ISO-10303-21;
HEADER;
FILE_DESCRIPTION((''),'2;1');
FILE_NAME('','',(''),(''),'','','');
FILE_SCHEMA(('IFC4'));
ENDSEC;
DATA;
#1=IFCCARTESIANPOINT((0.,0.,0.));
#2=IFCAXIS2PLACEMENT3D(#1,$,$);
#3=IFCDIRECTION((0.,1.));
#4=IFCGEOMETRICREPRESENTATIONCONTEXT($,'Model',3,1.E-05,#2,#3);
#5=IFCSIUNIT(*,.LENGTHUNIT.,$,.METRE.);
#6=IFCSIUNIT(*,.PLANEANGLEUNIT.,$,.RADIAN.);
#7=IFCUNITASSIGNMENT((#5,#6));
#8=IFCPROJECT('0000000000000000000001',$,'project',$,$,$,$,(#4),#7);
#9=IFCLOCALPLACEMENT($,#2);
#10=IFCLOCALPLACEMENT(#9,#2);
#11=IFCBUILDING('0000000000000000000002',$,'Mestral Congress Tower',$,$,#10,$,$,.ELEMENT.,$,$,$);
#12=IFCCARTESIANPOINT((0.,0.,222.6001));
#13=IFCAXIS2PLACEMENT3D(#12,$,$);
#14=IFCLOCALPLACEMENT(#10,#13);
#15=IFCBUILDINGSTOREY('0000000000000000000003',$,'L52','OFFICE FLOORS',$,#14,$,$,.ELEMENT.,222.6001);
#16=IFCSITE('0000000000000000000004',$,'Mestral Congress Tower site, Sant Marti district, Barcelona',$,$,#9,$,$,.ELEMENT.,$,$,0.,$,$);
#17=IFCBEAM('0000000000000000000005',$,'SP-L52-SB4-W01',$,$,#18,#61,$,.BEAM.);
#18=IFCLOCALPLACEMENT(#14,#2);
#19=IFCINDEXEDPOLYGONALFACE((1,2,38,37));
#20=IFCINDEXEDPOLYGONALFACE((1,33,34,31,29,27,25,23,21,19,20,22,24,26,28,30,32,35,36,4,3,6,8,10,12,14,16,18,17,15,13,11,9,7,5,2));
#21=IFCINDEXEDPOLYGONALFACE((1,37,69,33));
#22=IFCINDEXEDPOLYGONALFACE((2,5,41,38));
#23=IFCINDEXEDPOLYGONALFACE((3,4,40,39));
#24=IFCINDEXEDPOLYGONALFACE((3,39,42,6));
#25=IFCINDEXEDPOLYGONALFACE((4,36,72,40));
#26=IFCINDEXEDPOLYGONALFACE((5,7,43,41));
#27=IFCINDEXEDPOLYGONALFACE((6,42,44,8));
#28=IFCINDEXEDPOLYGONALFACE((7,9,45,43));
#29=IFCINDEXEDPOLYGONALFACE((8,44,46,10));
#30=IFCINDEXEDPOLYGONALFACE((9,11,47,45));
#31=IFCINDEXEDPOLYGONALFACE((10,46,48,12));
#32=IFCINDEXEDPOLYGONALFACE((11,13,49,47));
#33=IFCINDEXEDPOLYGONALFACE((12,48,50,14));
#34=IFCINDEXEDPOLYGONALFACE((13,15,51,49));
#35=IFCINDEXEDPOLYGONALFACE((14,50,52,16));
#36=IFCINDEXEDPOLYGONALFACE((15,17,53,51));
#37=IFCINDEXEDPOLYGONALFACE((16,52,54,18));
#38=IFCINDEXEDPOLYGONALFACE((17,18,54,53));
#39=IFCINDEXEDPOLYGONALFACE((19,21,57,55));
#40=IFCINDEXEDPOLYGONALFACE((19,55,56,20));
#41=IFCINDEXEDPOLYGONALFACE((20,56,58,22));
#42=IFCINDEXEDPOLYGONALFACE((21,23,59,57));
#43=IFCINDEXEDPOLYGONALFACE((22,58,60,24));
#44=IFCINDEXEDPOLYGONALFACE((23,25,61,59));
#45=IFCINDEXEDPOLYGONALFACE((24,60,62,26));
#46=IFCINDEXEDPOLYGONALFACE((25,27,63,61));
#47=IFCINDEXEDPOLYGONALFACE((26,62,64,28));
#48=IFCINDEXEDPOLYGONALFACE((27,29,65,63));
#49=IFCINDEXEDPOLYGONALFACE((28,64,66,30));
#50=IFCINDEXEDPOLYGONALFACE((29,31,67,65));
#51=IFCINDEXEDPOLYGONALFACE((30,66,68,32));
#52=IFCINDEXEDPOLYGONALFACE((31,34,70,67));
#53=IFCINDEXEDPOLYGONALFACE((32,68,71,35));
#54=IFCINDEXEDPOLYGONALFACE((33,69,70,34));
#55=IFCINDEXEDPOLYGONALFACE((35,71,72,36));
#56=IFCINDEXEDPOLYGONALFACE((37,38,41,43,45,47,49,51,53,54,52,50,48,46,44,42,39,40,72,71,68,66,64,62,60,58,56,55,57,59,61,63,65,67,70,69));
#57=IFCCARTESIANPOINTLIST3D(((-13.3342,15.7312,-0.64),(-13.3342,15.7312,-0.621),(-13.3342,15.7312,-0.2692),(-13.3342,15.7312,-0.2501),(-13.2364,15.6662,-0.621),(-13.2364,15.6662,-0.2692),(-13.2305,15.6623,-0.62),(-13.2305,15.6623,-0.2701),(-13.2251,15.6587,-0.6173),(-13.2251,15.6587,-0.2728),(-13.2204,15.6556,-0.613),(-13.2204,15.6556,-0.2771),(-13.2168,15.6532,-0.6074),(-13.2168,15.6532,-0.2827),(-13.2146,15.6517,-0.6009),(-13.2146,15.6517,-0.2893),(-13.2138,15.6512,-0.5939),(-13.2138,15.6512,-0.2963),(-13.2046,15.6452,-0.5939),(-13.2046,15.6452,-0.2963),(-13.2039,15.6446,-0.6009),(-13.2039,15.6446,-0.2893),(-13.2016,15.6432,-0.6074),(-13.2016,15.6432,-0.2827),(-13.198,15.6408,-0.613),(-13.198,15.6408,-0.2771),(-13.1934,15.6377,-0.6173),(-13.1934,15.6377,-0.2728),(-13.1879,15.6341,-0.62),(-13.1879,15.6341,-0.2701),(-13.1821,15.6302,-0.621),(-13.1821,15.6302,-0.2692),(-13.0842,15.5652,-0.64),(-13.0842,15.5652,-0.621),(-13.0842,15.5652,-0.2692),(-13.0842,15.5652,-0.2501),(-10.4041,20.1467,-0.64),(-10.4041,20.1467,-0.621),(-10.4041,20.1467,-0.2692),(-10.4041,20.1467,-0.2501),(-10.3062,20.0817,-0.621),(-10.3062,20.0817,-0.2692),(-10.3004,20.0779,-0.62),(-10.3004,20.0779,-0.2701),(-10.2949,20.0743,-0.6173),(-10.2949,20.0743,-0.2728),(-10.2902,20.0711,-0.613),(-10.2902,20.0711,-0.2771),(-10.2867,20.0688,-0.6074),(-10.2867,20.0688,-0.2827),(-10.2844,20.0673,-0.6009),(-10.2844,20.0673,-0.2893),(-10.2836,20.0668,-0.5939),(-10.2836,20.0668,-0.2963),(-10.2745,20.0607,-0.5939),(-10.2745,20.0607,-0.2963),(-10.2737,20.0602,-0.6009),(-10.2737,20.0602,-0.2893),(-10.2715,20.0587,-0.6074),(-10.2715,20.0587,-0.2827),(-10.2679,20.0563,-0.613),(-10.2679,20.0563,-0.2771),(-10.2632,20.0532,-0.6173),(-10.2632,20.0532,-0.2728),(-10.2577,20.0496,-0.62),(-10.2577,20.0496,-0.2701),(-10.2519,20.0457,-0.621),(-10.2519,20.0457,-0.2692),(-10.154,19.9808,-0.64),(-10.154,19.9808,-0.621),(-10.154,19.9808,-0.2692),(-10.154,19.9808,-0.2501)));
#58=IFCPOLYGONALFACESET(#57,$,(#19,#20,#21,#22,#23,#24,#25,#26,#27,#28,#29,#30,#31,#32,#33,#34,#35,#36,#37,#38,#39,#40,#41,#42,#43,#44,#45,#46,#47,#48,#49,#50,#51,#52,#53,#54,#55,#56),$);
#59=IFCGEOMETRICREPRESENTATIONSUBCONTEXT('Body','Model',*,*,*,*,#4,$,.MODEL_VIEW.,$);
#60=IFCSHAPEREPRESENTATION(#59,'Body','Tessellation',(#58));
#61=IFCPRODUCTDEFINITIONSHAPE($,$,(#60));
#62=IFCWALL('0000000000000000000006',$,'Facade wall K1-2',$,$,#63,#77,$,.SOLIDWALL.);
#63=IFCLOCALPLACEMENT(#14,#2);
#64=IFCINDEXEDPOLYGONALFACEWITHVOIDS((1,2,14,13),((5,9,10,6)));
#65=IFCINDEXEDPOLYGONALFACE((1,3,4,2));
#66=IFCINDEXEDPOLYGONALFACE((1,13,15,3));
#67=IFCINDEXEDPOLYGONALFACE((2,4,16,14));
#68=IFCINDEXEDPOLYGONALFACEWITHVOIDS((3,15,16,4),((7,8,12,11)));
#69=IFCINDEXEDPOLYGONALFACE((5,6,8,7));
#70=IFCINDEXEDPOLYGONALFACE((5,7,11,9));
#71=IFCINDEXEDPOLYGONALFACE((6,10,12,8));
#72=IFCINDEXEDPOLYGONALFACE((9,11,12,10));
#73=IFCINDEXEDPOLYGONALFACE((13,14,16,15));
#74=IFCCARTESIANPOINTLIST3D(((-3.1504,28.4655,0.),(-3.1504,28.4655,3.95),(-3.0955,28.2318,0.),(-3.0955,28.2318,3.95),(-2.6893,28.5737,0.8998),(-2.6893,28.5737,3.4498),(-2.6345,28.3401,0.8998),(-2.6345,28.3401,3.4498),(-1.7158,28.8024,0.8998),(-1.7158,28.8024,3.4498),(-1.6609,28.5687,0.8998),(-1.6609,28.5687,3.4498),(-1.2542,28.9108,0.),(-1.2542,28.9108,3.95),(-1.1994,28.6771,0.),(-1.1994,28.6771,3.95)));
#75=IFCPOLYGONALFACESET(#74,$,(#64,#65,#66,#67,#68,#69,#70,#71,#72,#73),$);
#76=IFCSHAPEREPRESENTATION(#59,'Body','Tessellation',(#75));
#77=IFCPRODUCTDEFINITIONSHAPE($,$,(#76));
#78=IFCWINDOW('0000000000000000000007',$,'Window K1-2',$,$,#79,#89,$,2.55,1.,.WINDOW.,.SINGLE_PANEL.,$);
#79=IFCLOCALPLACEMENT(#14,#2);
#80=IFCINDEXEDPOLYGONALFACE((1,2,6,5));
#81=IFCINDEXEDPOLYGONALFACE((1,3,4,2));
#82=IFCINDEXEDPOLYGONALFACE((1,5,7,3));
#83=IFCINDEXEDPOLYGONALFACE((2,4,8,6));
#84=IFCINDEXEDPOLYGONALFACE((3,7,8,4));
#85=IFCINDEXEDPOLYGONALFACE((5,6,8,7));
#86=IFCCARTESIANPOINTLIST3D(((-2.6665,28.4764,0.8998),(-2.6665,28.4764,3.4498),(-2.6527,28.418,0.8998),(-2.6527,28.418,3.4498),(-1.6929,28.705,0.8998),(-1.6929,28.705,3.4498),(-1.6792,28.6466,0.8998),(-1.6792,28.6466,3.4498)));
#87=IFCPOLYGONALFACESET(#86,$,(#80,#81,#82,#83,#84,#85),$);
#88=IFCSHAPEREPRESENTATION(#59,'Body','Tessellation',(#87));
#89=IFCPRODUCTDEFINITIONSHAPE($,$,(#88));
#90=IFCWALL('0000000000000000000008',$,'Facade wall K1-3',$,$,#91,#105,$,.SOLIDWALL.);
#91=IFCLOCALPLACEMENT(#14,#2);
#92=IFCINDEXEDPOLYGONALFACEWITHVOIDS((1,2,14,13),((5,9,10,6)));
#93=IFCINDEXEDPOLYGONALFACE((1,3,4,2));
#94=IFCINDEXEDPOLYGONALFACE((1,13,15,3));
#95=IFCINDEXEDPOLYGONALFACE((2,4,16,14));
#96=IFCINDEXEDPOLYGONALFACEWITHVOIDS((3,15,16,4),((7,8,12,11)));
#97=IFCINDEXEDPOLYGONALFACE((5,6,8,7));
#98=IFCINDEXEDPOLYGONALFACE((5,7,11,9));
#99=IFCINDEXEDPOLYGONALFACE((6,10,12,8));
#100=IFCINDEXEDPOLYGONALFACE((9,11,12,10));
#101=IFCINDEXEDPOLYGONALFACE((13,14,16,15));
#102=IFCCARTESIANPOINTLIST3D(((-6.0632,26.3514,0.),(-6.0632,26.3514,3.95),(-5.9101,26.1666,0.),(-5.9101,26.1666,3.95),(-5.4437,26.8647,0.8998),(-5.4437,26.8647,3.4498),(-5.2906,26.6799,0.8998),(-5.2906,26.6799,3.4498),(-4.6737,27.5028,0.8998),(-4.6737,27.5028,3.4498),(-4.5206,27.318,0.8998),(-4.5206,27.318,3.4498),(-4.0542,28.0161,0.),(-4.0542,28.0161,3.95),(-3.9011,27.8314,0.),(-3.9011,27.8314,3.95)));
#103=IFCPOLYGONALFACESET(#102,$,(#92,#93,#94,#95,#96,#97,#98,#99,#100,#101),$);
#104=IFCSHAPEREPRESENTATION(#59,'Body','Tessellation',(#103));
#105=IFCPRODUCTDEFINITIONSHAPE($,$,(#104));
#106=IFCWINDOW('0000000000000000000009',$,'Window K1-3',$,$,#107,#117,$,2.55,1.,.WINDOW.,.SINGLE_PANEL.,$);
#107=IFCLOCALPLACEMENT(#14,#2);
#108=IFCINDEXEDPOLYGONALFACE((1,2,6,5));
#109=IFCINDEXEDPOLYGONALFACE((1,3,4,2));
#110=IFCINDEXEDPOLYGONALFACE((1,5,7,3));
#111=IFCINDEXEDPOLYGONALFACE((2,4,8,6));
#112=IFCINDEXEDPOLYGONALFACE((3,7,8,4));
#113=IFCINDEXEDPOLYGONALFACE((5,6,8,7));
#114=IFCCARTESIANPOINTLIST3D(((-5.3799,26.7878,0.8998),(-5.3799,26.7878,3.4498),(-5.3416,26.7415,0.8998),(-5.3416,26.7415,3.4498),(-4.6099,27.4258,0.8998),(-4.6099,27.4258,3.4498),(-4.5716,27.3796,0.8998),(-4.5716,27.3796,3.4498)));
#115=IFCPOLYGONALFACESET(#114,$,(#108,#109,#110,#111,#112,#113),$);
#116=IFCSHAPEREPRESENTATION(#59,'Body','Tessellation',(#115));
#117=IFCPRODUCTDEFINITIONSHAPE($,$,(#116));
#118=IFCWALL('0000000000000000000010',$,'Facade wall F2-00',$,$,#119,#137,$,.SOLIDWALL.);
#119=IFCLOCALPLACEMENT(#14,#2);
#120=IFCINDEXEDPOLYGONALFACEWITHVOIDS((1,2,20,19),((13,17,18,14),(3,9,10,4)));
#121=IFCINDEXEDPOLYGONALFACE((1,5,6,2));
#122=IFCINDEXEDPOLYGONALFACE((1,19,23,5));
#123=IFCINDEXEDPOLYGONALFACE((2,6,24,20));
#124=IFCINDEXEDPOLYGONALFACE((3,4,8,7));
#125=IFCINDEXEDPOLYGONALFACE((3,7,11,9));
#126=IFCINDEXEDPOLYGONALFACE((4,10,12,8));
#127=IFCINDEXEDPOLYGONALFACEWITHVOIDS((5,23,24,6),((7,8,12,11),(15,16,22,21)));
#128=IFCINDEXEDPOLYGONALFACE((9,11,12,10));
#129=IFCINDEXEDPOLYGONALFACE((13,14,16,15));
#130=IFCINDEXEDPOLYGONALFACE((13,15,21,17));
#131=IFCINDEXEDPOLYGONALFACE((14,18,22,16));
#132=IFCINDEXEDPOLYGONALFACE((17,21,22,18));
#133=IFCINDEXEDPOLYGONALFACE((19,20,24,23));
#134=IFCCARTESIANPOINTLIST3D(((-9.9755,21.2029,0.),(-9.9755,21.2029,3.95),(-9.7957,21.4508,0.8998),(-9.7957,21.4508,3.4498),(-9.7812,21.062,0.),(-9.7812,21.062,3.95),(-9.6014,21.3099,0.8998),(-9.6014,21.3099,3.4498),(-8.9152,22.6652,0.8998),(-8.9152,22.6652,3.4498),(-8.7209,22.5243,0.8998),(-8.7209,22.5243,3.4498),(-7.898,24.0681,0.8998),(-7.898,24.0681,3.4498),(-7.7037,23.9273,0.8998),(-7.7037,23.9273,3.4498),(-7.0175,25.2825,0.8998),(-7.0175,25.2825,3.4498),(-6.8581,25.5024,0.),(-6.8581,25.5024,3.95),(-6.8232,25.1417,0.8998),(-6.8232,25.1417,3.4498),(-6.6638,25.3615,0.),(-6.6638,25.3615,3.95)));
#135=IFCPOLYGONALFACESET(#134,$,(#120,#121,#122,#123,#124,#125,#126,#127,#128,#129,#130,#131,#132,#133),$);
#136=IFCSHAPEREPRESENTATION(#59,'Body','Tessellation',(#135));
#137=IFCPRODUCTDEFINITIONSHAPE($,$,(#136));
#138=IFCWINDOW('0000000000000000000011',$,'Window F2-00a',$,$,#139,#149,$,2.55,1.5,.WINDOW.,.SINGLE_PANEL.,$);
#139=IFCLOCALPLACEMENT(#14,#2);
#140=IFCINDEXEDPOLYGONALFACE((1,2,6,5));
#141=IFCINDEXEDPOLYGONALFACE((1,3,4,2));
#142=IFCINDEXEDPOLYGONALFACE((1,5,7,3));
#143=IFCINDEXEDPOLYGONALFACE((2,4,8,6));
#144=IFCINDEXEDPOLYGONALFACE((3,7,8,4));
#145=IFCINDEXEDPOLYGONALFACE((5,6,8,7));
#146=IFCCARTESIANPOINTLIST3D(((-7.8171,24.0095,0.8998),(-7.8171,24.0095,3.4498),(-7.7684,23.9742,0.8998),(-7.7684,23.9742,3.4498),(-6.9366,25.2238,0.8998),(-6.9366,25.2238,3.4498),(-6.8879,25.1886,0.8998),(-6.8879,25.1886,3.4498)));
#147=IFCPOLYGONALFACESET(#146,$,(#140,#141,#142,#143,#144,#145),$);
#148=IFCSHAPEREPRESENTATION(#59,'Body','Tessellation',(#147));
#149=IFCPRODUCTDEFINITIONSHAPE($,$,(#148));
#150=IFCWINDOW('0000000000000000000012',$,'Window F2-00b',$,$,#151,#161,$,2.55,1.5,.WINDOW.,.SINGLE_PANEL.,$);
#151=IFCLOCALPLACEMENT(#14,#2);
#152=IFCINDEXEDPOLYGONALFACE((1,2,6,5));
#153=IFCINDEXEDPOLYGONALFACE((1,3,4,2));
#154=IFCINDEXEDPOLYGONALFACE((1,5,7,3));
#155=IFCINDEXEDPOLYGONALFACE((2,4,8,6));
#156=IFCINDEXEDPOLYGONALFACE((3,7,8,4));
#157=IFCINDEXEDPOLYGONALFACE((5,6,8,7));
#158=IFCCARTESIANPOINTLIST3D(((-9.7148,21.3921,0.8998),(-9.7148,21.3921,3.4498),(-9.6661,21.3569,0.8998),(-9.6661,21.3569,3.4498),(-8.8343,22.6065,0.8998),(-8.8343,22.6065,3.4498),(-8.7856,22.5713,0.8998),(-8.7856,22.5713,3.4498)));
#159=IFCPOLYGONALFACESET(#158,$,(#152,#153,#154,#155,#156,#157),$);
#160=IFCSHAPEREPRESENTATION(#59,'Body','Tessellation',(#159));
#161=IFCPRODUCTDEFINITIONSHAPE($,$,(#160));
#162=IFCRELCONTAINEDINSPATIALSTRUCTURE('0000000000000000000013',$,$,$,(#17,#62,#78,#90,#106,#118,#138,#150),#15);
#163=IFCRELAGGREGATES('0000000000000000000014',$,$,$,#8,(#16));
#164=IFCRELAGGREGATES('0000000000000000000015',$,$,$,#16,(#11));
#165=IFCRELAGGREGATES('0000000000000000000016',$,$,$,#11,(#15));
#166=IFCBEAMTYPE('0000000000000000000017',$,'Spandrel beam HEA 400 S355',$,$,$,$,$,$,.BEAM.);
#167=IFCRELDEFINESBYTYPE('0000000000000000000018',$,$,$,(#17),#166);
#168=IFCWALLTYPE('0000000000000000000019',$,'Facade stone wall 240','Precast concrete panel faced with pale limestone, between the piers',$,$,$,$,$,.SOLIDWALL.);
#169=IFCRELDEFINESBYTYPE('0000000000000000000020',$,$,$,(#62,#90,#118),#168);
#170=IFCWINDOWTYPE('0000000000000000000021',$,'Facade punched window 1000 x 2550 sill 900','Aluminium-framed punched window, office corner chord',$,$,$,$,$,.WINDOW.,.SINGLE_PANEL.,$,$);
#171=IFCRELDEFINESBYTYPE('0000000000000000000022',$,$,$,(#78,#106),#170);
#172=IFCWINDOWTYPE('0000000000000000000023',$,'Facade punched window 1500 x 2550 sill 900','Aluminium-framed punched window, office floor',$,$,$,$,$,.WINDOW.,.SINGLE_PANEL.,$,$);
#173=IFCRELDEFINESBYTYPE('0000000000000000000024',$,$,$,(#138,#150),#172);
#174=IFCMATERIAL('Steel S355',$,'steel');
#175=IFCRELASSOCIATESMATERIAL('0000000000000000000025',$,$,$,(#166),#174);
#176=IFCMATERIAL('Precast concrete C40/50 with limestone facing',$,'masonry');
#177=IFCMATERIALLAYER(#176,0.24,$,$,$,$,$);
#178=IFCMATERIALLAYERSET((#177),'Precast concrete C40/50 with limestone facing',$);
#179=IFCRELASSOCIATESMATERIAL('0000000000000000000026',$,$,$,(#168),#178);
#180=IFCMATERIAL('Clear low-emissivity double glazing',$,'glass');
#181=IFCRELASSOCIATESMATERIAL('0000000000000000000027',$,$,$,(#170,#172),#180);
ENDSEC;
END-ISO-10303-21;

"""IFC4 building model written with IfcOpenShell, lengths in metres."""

from ifc_helpers import new_model, si_unit, direction, frame, frame_2d, origin, origin_2d, place, context, subcontext, project, spatial, rectangle, i_section, extrude, material, layer, layer_set, material_profile, profile_set, type_object, element, fill, save


model = new_model("IFC4")

# Units and contexts
model_context = context("Model", 3, precision=1e-05, world=origin(), true_north=direction((0.0, 1.0)))
body_context = subcontext(model_context, "Body", "Model", "MODEL_VIEW")
ifc_project = project(units=[si_unit("LENGTHUNIT", "METRE"), si_unit("PLANEANGLEUNIT", "RADIAN")], contexts=[model_context])

# Site, building, storey
site_placement = place(None, origin())
site = spatial("IfcSite", under=ifc_project, at=site_placement, Name="Mestral Congress Tower site, Sant Marti district, Barcelona", CompositionType="ELEMENT", RefElevation=0.0)
building_placement = place(site_placement, origin())
building = spatial("IfcBuilding", under=site, at=building_placement, Name="Mestral Congress Tower", CompositionType="ELEMENT")
storey_placement = place(building_placement, frame((0.0, 0.0, 222.6001)))
storey = spatial("IfcBuildingStorey", under=building, at=storey_placement, Name="L52", Description="OFFICE FLOORS", CompositionType="ELEMENT", Elevation=222.6001)

# Beam
ifc_material_1 = material(Name="Steel S355", Category="steel")
ifc_material_profile_1 = material_profile(ifc_material_1, i_section(OverallWidth=0.3, OverallDepth=0.3899, WebThickness=0.011, FlangeThickness=0.019, FilletRadius=0.0271, at=origin_2d()), Name="HEA 400")
ifc_profile_set_1 = profile_set([ifc_material_profile_1], Name="Steel S355")
beam_type_1 = type_object("IfcBeamType", Name="Spandrel beam HEA 400 S355", PredefinedType="BEAM", material=ifc_profile_set_1)
beam_1_placement = place(storey_placement, frame((-10.2791, 20.0637, -0.4451), z_axis=(-0.552934, -0.833225, 0.0), x_axis=(0.833225, -0.552934, 0.0)))
element("IfcBeam", 1, at=beam_1_placement, inside=storey, type_object=beam_type_1, Name="SP-L52-SB4-W01", PredefinedType="BEAM", context=body_context, shape_type="SweptSolid", body=[
    extrude(i_section(OverallWidth=0.3, OverallDepth=0.3899, WebThickness=0.011, FlangeThickness=0.019, FilletRadius=0.0271, at=origin_2d()), origin(), (0.0, 0.0, 1.0), 5.2993),
])

# Walls, openings, windows
ifc_material_2 = material(Name="Precast concrete C40/50 with limestone facing", Category="masonry")
ifc_layer_1 = layer(ifc_material_2, 0.24)
ifc_layer_set_1 = layer_set([ifc_layer_1], Name="Precast concrete C40/50 with limestone facing")
wall_type_1 = type_object("IfcWallType", Name="Facade stone wall 240", Description="Precast concrete panel faced with pale limestone, between the piers", PredefinedType="SOLIDWALL", material=ifc_layer_set_1)
wall_1_placement = place(storey_placement, frame((-1.2268, 28.7939, 0.0), z_axis=(0.0, 0.0, 1.0), x_axis=(-0.973516, -0.22862, 0.0)))
wall_1 = element("IfcWall", 2, at=wall_1_placement, inside=storey, type_object=wall_type_1, Name="Facade wall K1-2", PredefinedType="SOLIDWALL", context=body_context, shape_type="SweptSolid", body=[
    extrude(rectangle(XDim=1.9478, YDim=0.24, at=frame_2d((0.9739, 0.0))), origin(), (0.0, 0.0, 1.0), 3.95),
])
opening_1_placement = place(wall_1_placement, frame((0.4741, 0.0, 0.8999)))
opening_1 = element("IfcOpeningElement", 3, at=opening_1_placement, cuts=wall_1, PredefinedType="OPENING", context=body_context, shape_type="SweptSolid", body=[
    extrude(rectangle(XDim=1.0, YDim=2.55, at=frame_2d((0.5, 1.2749))), frame((0.0, 0.1299, 0.0), z_axis=(0.0, -1.0, 0.0), x_axis=(1.0, 0.0, 0.0)), (0.0, 0.0, 1.0), 0.26),
])
ifc_material_3 = material(Name="Clear low-emissivity double glazing", Category="glass")
window_type_1 = type_object("IfcWindowType", Name="Facade punched window 1000 x 2550 sill 900", Description="Aluminium-framed punched window, office corner chord", PartitioningType="SINGLE_PANEL", PredefinedType="WINDOW", material=ifc_material_3)
window_1_placement = place(opening_1_placement, origin())
window_1 = element("IfcWindow", 4, at=window_1_placement, inside=storey, type_object=window_type_1, Name="Window K1-2", OverallHeight=2.55, OverallWidth=1.0, PartitioningType="SINGLE_PANEL", PredefinedType="WINDOW", context=body_context, shape_type="SweptSolid", body=[
    extrude(rectangle(XDim=1.0, YDim=2.55, at=frame_2d((0.5, 1.2749))), frame((0.0, 0.04, 0.0), z_axis=(0.0, -1.0, 0.0), x_axis=(1.0, 0.0, 0.0)), (0.0, 0.0, 1.0), 0.0601),
])
fill(opening_1, window_1)
wall_2_placement = place(storey_placement, frame((-3.9775, 27.9238, 0.0), z_axis=(0.0, 0.0, 1.0), x_axis=(-0.76999, -0.638056, 0.0)))
wall_2 = element("IfcWall", 5, at=wall_2_placement, inside=storey, type_object=wall_type_1, Name="Facade wall K1-3", PredefinedType="SOLIDWALL", context=body_context, shape_type="SweptSolid", body=[
    extrude(rectangle(XDim=2.6091, YDim=0.24, at=frame_2d((1.3047, 0.0))), origin(), (0.0, 0.0, 1.0), 3.95),
])
opening_2_placement = place(wall_2_placement, frame((0.8047, 0.0, 0.8999)))
opening_2 = element("IfcOpeningElement", 6, at=opening_2_placement, cuts=wall_2, PredefinedType="OPENING", context=body_context, shape_type="SweptSolid", body=[
    extrude(rectangle(XDim=1.0, YDim=2.55, at=frame_2d((0.5, 1.2749))), frame((0.0, 0.1299, 0.0), z_axis=(0.0, -1.0, 0.0), x_axis=(1.0, 0.0, 0.0)), (0.0, 0.0, 1.0), 0.26),
])
window_2_placement = place(opening_2_placement, origin())
window_2 = element("IfcWindow", 7, at=window_2_placement, inside=storey, type_object=window_type_1, Name="Window K1-3", OverallHeight=2.55, OverallWidth=1.0, PartitioningType="SINGLE_PANEL", PredefinedType="WINDOW", context=body_context, shape_type="SweptSolid", body=[
    extrude(rectangle(XDim=1.0, YDim=2.55, at=frame_2d((0.5, 1.2749))), frame((0.0, 0.04, 0.0), z_axis=(0.0, -1.0, 0.0), x_axis=(1.0, 0.0, 0.0)), (0.0, 0.0, 1.0), 0.0601),
])
fill(opening_2, window_2)

# Wall, openings, windows
wall_3_placement = place(storey_placement, frame((-6.761, 25.4319, 0.0), z_axis=(0.0, 0.0, 1.0), x_axis=(-0.586998, -0.809588, 0.0)))
wall_3 = element("IfcWall", 8, at=wall_3_placement, inside=storey, type_object=wall_type_1, Name="Facade wall F2-00", PredefinedType="SOLIDWALL", context=body_context, shape_type="SweptSolid", body=[
    extrude(rectangle(XDim=5.3108, YDim=0.24, at=frame_2d((2.6553, 0.0))), origin(), (0.0, 0.0, 1.0), 3.95),
])
opening_3_placement = place(wall_3_placement, frame((0.2715, 0.0, 0.8999)))
opening_3 = element("IfcOpeningElement", 9, at=opening_3_placement, cuts=wall_3, PredefinedType="OPENING", context=body_context, shape_type="SweptSolid", body=[
    extrude(rectangle(XDim=1.5, YDim=2.55, at=frame_2d((0.75, 1.2749))), frame((0.0, 0.1299, 0.0), z_axis=(0.0, -1.0, 0.0), x_axis=(1.0, 0.0, 0.0)), (0.0, 0.0, 1.0), 0.26),
])
opening_4_placement = place(wall_3_placement, frame((3.5044, 0.0, 0.8999)))
opening_4 = element("IfcOpeningElement", 10, at=opening_4_placement, cuts=wall_3, PredefinedType="OPENING", context=body_context, shape_type="SweptSolid", body=[
    extrude(rectangle(XDim=1.5, YDim=2.55, at=frame_2d((0.75, 1.2749))), frame((0.0, 0.1299, 0.0), z_axis=(0.0, -1.0, 0.0), x_axis=(1.0, 0.0, 0.0)), (0.0, 0.0, 1.0), 0.26),
])
window_type_2 = type_object("IfcWindowType", Name="Facade punched window 1500 x 2550 sill 900", Description="Aluminium-framed punched window, office floor", PartitioningType="SINGLE_PANEL", PredefinedType="WINDOW", material=ifc_material_3)
window_3_placement = place(opening_3_placement, origin())
window_3 = element("IfcWindow", 11, at=window_3_placement, inside=storey, type_object=window_type_2, Name="Window F2-00a", OverallHeight=2.55, OverallWidth=1.5, PartitioningType="SINGLE_PANEL", PredefinedType="WINDOW", context=body_context, shape_type="SweptSolid", body=[
    extrude(rectangle(XDim=1.5, YDim=2.55, at=frame_2d((0.75, 1.2749))), frame((0.0, 0.04, 0.0), z_axis=(0.0, -1.0, 0.0), x_axis=(1.0, 0.0, 0.0)), (0.0, 0.0, 1.0), 0.0601),
])
fill(opening_3, window_3)
window_4_placement = place(opening_4_placement, origin())
window_4 = element("IfcWindow", 12, at=window_4_placement, inside=storey, type_object=window_type_2, Name="Window F2-00b", OverallHeight=2.55, OverallWidth=1.5, PartitioningType="SINGLE_PANEL", PredefinedType="WINDOW", context=body_context, shape_type="SweptSolid", body=[
    extrude(rectangle(XDim=1.5, YDim=2.55, at=frame_2d((0.75, 1.2749))), frame((0.0, 0.04, 0.0), z_axis=(0.0, -1.0, 0.0), x_axis=(1.0, 0.0, 0.0)), (0.0, 0.0, 1.0), 0.0601),
])
fill(opening_4, window_4)

save(model, "model.ifc")
